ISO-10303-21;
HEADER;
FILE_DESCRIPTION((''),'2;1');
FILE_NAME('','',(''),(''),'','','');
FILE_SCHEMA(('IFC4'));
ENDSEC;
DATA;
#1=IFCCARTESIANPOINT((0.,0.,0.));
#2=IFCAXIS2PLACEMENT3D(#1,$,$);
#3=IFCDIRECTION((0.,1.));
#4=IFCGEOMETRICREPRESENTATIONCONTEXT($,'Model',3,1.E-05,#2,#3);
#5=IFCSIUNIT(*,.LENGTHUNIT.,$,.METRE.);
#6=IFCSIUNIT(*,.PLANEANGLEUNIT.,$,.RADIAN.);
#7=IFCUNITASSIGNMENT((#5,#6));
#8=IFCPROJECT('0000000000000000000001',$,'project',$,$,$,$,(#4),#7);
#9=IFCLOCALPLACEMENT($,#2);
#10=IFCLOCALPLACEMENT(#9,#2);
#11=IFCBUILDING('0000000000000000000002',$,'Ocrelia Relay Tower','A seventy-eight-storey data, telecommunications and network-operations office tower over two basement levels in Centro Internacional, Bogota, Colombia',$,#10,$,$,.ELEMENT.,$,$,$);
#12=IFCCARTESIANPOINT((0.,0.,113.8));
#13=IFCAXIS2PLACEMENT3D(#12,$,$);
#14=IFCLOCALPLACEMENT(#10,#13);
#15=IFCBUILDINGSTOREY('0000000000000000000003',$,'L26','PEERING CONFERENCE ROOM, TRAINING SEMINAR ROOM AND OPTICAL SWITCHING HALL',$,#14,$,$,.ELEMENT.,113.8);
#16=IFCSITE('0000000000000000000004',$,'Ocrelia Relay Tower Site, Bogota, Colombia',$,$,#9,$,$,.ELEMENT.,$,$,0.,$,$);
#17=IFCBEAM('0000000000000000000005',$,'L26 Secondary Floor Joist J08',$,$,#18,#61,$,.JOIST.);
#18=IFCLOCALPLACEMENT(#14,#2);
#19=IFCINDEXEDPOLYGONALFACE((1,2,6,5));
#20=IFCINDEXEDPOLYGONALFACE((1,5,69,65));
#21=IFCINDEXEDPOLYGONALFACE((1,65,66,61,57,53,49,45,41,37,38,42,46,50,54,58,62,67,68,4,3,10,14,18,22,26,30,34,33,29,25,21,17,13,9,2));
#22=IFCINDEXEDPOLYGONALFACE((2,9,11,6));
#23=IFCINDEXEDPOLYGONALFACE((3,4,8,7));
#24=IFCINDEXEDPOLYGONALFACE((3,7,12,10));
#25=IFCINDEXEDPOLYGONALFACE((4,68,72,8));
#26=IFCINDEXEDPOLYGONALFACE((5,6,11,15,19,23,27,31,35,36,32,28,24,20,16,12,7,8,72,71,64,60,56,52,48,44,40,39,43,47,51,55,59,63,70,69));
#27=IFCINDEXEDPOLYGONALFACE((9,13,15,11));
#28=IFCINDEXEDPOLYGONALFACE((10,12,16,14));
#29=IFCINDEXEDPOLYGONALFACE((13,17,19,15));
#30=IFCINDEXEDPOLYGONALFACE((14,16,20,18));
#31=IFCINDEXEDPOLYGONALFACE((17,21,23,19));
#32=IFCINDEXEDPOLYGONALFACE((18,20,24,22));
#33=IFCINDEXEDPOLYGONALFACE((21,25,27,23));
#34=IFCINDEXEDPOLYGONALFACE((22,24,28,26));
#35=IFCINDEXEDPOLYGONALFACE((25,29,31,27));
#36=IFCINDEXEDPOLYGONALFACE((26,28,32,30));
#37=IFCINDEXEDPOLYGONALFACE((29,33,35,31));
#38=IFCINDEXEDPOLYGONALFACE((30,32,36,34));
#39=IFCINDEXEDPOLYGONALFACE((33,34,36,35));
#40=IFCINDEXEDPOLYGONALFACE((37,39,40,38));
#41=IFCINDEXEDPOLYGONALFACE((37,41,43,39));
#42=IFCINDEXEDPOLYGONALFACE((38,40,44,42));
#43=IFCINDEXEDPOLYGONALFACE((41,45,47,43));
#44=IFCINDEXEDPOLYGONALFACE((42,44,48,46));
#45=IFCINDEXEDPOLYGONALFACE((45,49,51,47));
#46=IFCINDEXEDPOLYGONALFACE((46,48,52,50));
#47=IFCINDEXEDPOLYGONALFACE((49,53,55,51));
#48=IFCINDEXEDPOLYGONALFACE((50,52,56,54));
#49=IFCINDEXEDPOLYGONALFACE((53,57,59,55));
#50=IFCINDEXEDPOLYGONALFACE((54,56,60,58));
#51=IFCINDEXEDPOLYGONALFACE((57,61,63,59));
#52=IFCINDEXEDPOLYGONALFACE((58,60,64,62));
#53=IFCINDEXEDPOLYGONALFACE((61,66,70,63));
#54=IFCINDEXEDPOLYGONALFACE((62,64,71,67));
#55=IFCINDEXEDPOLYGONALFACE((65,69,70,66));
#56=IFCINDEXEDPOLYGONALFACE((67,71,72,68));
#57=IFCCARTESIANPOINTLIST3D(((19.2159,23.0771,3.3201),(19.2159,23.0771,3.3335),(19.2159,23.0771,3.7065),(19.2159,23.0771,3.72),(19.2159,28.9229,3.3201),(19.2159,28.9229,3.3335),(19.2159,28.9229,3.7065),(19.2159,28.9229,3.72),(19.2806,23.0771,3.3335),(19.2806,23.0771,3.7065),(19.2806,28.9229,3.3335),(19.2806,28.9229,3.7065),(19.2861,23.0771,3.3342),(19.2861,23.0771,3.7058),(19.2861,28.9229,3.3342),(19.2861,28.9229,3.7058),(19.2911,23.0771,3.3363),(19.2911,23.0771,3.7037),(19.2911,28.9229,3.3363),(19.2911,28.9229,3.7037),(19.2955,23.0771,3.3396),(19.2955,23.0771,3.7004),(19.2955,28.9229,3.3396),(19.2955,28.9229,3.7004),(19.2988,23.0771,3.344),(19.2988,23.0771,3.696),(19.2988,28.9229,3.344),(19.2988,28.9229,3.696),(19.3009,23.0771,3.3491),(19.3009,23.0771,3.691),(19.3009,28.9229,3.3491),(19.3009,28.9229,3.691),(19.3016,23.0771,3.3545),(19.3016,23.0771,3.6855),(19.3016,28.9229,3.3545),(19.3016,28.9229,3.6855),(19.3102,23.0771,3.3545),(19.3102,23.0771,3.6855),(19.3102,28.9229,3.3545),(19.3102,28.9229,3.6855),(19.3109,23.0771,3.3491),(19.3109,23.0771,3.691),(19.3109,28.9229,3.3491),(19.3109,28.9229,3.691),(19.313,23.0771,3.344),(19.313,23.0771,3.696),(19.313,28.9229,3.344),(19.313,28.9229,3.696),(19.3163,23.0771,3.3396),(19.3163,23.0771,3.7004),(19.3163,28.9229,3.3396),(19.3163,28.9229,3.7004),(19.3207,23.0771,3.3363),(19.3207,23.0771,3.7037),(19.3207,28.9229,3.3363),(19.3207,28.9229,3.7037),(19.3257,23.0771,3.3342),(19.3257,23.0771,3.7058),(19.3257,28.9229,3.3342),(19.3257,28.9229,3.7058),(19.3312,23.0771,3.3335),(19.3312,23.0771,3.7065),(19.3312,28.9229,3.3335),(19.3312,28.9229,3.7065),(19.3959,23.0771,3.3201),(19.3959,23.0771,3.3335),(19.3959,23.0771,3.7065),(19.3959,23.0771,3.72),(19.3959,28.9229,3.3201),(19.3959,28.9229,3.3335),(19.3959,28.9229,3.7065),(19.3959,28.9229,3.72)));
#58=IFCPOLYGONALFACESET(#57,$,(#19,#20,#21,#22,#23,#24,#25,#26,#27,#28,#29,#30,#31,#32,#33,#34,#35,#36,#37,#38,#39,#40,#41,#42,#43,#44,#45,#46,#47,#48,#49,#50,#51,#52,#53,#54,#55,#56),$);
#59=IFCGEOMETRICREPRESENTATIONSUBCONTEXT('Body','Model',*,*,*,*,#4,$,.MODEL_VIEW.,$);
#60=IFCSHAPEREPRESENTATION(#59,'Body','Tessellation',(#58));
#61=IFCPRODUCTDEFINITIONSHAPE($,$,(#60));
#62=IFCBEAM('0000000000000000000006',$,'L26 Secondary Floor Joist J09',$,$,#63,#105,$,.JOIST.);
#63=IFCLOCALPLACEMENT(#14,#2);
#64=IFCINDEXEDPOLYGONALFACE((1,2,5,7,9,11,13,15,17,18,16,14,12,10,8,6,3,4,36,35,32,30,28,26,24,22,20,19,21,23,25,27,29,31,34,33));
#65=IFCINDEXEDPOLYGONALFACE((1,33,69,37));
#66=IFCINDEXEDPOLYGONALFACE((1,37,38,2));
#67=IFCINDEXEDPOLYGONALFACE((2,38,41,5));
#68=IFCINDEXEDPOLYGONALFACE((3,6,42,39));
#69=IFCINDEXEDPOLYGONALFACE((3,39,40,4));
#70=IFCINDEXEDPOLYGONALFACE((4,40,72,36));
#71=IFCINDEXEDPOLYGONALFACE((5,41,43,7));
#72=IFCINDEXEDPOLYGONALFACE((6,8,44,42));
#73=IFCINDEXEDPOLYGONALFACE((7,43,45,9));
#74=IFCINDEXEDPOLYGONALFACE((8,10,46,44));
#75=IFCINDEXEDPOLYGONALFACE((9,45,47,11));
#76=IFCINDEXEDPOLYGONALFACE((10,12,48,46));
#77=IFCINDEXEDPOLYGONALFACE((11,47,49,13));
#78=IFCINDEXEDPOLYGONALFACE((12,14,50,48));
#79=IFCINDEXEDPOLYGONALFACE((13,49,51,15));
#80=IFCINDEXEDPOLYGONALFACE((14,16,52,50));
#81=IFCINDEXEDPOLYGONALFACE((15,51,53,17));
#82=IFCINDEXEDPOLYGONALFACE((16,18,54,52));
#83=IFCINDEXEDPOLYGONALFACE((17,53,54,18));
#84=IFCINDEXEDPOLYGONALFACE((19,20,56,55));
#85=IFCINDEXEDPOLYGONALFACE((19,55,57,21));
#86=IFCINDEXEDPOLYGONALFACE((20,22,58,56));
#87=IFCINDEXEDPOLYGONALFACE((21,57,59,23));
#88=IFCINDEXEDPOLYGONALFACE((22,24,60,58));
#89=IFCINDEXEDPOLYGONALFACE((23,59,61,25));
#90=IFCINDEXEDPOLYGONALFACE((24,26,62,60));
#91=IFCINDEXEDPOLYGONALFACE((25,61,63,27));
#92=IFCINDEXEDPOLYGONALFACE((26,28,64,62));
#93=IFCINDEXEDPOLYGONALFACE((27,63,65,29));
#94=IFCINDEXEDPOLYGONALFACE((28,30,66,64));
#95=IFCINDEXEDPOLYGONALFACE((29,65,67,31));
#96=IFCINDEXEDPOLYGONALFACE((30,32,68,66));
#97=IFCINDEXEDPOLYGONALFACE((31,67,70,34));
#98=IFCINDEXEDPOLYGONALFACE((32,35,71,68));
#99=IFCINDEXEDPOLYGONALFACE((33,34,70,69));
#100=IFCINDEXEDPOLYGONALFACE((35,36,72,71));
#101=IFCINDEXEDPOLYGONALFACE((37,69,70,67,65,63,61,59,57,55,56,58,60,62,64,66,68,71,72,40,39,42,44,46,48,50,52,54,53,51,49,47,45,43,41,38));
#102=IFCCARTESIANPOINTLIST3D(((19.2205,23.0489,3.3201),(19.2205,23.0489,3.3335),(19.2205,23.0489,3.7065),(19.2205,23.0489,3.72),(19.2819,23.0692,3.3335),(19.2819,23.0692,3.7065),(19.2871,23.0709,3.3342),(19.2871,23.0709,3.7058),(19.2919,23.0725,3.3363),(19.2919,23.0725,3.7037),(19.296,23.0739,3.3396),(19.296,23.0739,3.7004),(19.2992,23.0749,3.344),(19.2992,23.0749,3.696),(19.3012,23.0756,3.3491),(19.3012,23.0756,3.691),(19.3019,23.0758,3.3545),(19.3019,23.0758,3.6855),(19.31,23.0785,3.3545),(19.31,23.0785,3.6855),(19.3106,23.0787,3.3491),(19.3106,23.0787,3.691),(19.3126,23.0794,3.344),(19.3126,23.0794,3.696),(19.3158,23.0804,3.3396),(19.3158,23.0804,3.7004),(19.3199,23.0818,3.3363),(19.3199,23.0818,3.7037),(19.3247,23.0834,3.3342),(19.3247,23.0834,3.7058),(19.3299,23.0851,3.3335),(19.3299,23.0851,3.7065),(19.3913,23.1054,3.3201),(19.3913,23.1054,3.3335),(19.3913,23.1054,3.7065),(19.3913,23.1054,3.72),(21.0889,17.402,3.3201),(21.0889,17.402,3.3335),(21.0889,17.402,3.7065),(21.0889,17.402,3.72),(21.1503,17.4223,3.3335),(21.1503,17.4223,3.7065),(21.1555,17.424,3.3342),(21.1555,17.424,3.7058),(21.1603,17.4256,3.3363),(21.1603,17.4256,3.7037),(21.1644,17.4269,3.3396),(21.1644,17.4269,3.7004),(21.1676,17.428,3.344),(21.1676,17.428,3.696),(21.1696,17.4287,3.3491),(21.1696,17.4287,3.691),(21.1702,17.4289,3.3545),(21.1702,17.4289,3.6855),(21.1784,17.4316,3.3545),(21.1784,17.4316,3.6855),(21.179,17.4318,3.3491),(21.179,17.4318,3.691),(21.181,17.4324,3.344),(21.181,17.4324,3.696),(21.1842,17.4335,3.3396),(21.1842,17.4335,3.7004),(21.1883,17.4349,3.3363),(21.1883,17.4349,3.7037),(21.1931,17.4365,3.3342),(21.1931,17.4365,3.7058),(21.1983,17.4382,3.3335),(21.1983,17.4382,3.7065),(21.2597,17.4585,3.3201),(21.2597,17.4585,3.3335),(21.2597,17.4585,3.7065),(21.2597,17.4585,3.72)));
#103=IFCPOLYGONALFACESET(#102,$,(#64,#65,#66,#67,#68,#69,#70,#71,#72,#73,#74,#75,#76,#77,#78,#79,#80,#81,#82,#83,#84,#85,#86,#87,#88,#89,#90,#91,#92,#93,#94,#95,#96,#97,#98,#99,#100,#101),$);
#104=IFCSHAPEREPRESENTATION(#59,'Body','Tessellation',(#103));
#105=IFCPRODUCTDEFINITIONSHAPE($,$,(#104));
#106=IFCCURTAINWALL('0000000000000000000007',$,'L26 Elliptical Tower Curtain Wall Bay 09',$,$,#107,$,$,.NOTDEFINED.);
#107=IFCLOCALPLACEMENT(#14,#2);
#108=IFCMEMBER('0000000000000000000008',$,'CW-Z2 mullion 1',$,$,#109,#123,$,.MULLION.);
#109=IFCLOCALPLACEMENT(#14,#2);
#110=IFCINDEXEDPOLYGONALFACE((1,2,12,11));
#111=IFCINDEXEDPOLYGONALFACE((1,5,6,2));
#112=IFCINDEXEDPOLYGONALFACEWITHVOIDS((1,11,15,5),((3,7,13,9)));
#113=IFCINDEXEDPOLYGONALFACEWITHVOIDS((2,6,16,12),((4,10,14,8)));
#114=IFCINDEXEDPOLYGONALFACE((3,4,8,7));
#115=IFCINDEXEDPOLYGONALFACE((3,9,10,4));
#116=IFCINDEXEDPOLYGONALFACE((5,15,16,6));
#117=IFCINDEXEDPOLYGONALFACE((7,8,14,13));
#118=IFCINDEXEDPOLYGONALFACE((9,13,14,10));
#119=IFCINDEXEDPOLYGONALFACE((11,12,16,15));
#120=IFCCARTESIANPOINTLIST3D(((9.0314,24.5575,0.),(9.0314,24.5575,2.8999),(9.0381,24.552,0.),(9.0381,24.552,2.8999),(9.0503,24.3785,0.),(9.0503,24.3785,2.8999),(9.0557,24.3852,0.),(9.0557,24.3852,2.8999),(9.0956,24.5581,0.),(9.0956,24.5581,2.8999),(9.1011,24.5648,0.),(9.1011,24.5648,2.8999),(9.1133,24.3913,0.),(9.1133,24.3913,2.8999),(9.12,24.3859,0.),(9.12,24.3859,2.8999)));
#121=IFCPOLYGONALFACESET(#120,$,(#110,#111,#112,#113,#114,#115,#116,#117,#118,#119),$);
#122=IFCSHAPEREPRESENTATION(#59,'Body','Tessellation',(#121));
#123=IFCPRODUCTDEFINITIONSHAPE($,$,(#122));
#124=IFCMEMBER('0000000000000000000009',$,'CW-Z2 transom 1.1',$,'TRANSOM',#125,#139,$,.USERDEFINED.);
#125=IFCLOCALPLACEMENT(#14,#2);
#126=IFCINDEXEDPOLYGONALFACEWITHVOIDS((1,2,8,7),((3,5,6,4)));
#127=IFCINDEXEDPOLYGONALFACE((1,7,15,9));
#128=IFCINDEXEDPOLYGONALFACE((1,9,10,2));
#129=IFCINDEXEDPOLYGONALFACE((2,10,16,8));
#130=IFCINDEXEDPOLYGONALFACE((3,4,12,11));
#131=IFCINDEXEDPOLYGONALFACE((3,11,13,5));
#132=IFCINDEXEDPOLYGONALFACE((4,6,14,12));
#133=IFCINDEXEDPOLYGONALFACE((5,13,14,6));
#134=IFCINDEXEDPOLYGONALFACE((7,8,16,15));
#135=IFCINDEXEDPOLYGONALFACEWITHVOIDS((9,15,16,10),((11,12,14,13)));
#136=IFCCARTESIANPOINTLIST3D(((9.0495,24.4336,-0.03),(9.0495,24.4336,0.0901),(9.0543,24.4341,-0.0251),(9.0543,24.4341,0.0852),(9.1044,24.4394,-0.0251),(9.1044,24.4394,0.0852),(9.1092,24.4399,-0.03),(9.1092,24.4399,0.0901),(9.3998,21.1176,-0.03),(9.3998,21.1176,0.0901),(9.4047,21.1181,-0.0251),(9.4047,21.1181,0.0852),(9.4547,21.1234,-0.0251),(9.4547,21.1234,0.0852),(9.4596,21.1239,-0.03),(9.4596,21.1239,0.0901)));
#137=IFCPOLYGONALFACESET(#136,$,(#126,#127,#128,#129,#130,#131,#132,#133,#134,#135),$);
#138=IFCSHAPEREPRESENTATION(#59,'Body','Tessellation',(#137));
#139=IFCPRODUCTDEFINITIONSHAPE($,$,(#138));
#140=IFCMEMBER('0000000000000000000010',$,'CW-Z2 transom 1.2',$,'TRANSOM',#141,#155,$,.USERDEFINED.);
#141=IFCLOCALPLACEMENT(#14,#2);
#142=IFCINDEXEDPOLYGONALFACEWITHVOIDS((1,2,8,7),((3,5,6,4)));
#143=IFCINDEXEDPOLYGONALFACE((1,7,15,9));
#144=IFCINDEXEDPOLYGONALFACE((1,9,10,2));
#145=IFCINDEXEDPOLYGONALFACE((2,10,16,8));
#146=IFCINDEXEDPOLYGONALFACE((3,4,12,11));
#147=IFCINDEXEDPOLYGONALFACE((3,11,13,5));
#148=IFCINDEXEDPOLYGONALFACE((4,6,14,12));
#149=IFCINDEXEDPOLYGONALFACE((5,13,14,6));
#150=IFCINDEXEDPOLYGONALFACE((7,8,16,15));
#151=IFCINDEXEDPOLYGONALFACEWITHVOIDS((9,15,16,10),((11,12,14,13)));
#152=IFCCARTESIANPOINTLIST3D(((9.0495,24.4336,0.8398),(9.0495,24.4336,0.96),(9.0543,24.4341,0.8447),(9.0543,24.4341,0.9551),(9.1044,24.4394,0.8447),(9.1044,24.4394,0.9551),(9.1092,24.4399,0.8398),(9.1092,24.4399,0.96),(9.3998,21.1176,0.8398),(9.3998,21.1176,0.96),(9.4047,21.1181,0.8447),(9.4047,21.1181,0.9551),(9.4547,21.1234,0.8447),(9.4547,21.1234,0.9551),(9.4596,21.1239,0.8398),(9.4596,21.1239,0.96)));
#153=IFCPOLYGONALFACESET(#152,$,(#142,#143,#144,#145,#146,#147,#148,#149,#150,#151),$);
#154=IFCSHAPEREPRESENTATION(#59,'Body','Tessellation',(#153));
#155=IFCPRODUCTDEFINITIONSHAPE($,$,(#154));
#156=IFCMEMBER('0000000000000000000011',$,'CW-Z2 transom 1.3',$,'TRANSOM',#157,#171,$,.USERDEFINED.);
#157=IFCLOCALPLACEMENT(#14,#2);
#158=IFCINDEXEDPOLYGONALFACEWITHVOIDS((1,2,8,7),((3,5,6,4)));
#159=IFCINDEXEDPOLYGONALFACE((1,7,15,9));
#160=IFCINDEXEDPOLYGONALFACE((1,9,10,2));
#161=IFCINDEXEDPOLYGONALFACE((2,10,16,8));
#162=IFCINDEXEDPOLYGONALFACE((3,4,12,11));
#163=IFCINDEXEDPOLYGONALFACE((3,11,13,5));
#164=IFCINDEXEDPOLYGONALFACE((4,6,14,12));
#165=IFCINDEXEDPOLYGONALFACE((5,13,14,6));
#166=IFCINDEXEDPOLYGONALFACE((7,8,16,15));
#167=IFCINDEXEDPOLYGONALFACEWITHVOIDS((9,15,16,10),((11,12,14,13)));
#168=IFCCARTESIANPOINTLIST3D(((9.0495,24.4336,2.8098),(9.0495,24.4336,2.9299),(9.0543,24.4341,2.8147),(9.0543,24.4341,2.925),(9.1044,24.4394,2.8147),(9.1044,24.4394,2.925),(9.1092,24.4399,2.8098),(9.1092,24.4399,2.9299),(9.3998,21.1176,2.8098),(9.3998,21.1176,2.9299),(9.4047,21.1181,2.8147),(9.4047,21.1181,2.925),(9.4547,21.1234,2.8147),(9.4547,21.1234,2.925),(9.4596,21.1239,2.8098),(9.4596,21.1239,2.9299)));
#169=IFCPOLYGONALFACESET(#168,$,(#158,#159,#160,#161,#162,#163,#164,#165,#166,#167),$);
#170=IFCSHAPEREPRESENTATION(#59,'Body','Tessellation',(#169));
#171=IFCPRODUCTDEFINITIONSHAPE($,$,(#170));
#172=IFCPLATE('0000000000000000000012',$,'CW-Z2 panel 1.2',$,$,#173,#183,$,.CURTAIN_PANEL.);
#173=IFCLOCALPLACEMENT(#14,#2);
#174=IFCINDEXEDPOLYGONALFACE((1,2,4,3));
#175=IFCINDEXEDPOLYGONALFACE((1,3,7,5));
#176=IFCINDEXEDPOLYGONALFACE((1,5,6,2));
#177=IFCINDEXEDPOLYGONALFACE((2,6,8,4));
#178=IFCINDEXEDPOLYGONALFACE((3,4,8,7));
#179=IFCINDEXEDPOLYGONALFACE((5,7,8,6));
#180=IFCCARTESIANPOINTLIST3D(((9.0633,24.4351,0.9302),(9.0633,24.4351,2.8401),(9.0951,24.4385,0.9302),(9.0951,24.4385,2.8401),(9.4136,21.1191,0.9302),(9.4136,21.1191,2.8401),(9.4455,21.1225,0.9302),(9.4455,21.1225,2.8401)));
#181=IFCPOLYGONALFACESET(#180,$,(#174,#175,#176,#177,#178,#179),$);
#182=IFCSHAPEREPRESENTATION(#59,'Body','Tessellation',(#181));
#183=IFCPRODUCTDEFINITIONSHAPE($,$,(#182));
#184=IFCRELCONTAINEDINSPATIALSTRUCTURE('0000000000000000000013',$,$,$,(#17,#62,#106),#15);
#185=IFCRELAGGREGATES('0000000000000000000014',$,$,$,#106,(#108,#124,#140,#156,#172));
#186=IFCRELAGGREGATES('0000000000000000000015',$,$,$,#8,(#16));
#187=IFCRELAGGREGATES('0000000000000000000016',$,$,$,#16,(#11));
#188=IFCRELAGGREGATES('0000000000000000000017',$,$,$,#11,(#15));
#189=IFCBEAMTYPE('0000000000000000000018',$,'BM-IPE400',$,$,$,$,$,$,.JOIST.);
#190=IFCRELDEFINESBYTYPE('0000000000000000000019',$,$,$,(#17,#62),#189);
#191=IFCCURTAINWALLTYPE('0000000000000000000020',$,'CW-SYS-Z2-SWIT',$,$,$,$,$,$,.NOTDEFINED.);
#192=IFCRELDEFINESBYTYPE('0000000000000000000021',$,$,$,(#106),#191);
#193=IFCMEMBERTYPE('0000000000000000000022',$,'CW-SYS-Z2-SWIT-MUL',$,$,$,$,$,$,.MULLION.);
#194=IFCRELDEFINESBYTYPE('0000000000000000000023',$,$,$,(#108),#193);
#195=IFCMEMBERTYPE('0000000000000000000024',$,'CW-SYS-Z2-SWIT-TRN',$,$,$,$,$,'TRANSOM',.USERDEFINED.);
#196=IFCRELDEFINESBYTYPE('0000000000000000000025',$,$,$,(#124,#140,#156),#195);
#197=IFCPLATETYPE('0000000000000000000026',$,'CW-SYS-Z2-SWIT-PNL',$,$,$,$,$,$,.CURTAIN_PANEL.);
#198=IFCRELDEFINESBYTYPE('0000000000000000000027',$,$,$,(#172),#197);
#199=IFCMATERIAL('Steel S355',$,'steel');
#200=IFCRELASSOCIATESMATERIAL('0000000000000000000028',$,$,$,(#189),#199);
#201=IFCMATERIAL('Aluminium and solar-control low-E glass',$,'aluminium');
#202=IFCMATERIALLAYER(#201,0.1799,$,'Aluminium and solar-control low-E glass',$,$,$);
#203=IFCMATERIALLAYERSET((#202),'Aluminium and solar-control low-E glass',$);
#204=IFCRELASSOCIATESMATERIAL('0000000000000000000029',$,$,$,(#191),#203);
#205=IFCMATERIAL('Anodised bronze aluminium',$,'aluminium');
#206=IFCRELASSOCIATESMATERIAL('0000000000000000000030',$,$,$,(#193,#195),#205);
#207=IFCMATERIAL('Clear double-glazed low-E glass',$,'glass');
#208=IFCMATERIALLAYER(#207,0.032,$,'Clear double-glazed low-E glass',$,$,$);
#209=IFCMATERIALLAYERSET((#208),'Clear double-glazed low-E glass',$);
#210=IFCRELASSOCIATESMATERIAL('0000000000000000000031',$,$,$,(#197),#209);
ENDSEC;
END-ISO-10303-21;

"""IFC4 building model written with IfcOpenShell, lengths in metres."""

from ifc_helpers import new_model, si_unit, direction, frame, origin, origin_2d, place, context, subcontext, project, spatial, rectangle, hollow_rectangle, i_section, extrude, material, layer, layer_set, material_profile, profile_set, type_object, element, aggregate, save


model = new_model("IFC4")

# Units and contexts
model_context = context("Model", 3, precision=1e-05, world=origin(), true_north=direction((0.0, 1.0)))
body_context = subcontext(model_context, "Body", "Model", "MODEL_VIEW")
ifc_project = project(units=[si_unit("LENGTHUNIT", "METRE"), si_unit("PLANEANGLEUNIT", "RADIAN")], contexts=[model_context])

# Site, building, storey
site_placement = place(None, origin())
site = spatial("IfcSite", under=ifc_project, at=site_placement, Name="Ocrelia Relay Tower Site, Bogota, Colombia", CompositionType="ELEMENT", RefElevation=0.0)
building_placement = place(site_placement, origin())
building = spatial("IfcBuilding", under=site, at=building_placement, Name="Ocrelia Relay Tower", Description="A seventy-eight-storey data, telecommunications and network-operations office tower over two basement levels in Centro Internacional, Bogota, Colombia", CompositionType="ELEMENT")
storey_placement = place(building_placement, frame((0.0, 0.0, 113.8)))
storey = spatial("IfcBuildingStorey", under=building, at=storey_placement, Name="L26", Description="PEERING CONFERENCE ROOM, TRAINING SEMINAR ROOM AND OPTICAL SWITCHING HALL", CompositionType="ELEMENT", Elevation=113.8)

# Beams
ifc_material_1 = material(Name="Steel S355", Category="steel")
ifc_material_profile_1 = material_profile(ifc_material_1, i_section(OverallWidth=0.1799, OverallDepth=0.3999, WebThickness=0.0085, FlangeThickness=0.0134, FilletRadius=0.021, at=origin_2d()), Name="IPE 400")
ifc_profile_set_1 = profile_set([ifc_material_profile_1], Name="Steel S355")
beam_type_1 = type_object("IfcBeamType", Name="BM-IPE400", PredefinedType="JOIST", material=ifc_profile_set_1)
beam_1_placement = place(storey_placement, frame((19.3059, 28.9229, 3.52), z_axis=(0.0, -1.0, 0.0), x_axis=(1.0, 0.0, 0.0)))
element("IfcBeam", 1, at=beam_1_placement, inside=storey, type_object=beam_type_1, Name="L26 Secondary Floor Joist J08", PredefinedType="JOIST", context=body_context, shape_type="SweptSolid", body=[
    extrude(i_section(OverallWidth=0.1799, OverallDepth=0.3999, WebThickness=0.0085, FlangeThickness=0.0134, FilletRadius=0.021, at=origin_2d()), origin(), (0.0, 0.0, 1.0), 5.8457),
])
beam_2_placement = place(storey_placement, frame((19.3059, 23.0771, 3.52), z_axis=(0.314121, -0.949383, 0.0), x_axis=(0.949383, 0.314121, 0.0)))
element("IfcBeam", 2, at=beam_2_placement, inside=storey, type_object=beam_type_1, Name="L26 Secondary Floor Joist J09", PredefinedType="JOIST", context=body_context, shape_type="SweptSolid", body=[
    extrude(i_section(OverallWidth=0.1799, OverallDepth=0.3999, WebThickness=0.0085, FlangeThickness=0.0134, FilletRadius=0.021, at=origin_2d()), origin(), (0.0, 0.0, 1.0), 5.948),
])

# Curtain wall, members, plate
ifc_material_2 = material(Name="Aluminium and solar-control low-E glass", Category="aluminium")
ifc_layer_1 = layer(ifc_material_2, 0.1799, Name="Aluminium and solar-control low-E glass")
ifc_layer_set_1 = layer_set([ifc_layer_1], Name="Aluminium and solar-control low-E glass")
curtain_wall_type = type_object("IfcCurtainWallType", Name="CW-SYS-Z2-SWIT", PredefinedType="NOTDEFINED", material=ifc_layer_set_1)
curtain_wall_placement = place(storey_placement, origin())
curtain_wall = element("IfcCurtainWall", 3, at=curtain_wall_placement, inside=storey, type_object=curtain_wall_type, Name="L26 Elliptical Tower Curtain Wall Bay 09", PredefinedType="NOTDEFINED")
ifc_material_3 = material(Name="Anodised bronze aluminium", Category="aluminium")
ifc_material_profile_2 = material_profile(ifc_material_3, hollow_rectangle(XDim=0.0701, YDim=0.1799, WallThickness=0.0061, at=origin_2d()), Name="CW-MUL-180x70")
ifc_profile_set_2 = profile_set([ifc_material_profile_2], Name="Anodised bronze aluminium")
member_type_1 = type_object("IfcMemberType", Name="CW-SYS-Z2-SWIT-MUL", PredefinedType="MULLION", material=ifc_profile_set_2)
member_1_placement = place(storey_placement, frame((9.0757, 24.4717, 0.0), z_axis=(0.0, 0.0, 1.0), x_axis=(0.994466, 0.105058, 0.0)))
member_1 = element("IfcMember", 4, at=member_1_placement, type_object=member_type_1, Name="CW-Z2 mullion 1", PredefinedType="MULLION", context=body_context, shape_type="SweptSolid", body=[
    extrude(hollow_rectangle(XDim=0.0701, YDim=0.1799, WallThickness=0.0061, at=origin_2d()), origin(), (0.0, 0.0, 1.0), 2.8999),
])
ifc_material_profile_3 = material_profile(ifc_material_3, hollow_rectangle(XDim=0.0601, YDim=0.1201, WallThickness=0.0049, at=origin_2d()), Name="CW-TRN-120x60")
ifc_profile_set_3 = profile_set([ifc_material_profile_3], Name="Anodised bronze aluminium")
member_type_2 = type_object("IfcMemberType", Name="CW-SYS-Z2-SWIT-TRN", ElementType="TRANSOM", PredefinedType="USERDEFINED", material=ifc_profile_set_3)
member_2_placement = place(storey_placement, frame((9.0793, 24.4368, 0.03), z_axis=(0.10507, -0.994465, 0.0), x_axis=(0.994465, 0.10507, 0.0)))
member_2 = element("IfcMember", 5, at=member_2_placement, type_object=member_type_2, Name="CW-Z2 transom 1.1", ObjectType="TRANSOM", PredefinedType="USERDEFINED", context=body_context, shape_type="SweptSolid", body=[
    extrude(hollow_rectangle(XDim=0.0601, YDim=0.1201, WallThickness=0.0049, at=origin_2d()), origin(), (0.0, 0.0, 1.0), 3.3345),
])
member_3_placement = place(storey_placement, frame((9.0793, 24.4368, 0.8999), z_axis=(0.10507, -0.994465, 0.0), x_axis=(0.994465, 0.10507, 0.0)))
member_3 = element("IfcMember", 6, at=member_3_placement, type_object=member_type_2, Name="CW-Z2 transom 1.2", ObjectType="TRANSOM", PredefinedType="USERDEFINED", context=body_context, shape_type="SweptSolid", body=[
    extrude(hollow_rectangle(XDim=0.0601, YDim=0.1201, WallThickness=0.0049, at=origin_2d()), origin(), (0.0, 0.0, 1.0), 3.3345),
])
member_4_placement = place(storey_placement, frame((9.0793, 24.4368, 2.8699), z_axis=(0.10507, -0.994465, 0.0), x_axis=(0.994465, 0.10507, 0.0)))
member_4 = element("IfcMember", 7, at=member_4_placement, type_object=member_type_2, Name="CW-Z2 transom 1.3", ObjectType="TRANSOM", PredefinedType="USERDEFINED", context=body_context, shape_type="SweptSolid", body=[
    extrude(hollow_rectangle(XDim=0.0601, YDim=0.1201, WallThickness=0.0049, at=origin_2d()), origin(), (0.0, 0.0, 1.0), 3.3345),
])
ifc_material_4 = material(Name="Clear double-glazed low-E glass", Category="glass")
ifc_layer_2 = layer(ifc_material_4, 0.032, Name="Clear double-glazed low-E glass")
ifc_layer_set_2 = layer_set([ifc_layer_2], Name="Clear double-glazed low-E glass")
plate_type = type_object("IfcPlateType", Name="CW-SYS-Z2-SWIT-PNL", PredefinedType="CURTAIN_PANEL", material=ifc_layer_set_2)
plate_placement = place(storey_placement, frame((9.2544, 22.7788, 0.9302), z_axis=(0.0, 0.0, 1.0), x_axis=(0.105058, -0.994466, 0.0)))
plate = element("IfcPlate", 8, at=plate_placement, type_object=plate_type, Name="CW-Z2 panel 1.2", PredefinedType="CURTAIN_PANEL", context=body_context, shape_type="SweptSolid", body=[
    extrude(rectangle(XDim=3.3345, YDim=0.032, at=origin_2d()), origin(), (0.0, 0.0, 1.0), 1.9099),
])
aggregate(curtain_wall, [member_1, member_2, member_3, member_4, plate])

save(model, "model.ifc")
